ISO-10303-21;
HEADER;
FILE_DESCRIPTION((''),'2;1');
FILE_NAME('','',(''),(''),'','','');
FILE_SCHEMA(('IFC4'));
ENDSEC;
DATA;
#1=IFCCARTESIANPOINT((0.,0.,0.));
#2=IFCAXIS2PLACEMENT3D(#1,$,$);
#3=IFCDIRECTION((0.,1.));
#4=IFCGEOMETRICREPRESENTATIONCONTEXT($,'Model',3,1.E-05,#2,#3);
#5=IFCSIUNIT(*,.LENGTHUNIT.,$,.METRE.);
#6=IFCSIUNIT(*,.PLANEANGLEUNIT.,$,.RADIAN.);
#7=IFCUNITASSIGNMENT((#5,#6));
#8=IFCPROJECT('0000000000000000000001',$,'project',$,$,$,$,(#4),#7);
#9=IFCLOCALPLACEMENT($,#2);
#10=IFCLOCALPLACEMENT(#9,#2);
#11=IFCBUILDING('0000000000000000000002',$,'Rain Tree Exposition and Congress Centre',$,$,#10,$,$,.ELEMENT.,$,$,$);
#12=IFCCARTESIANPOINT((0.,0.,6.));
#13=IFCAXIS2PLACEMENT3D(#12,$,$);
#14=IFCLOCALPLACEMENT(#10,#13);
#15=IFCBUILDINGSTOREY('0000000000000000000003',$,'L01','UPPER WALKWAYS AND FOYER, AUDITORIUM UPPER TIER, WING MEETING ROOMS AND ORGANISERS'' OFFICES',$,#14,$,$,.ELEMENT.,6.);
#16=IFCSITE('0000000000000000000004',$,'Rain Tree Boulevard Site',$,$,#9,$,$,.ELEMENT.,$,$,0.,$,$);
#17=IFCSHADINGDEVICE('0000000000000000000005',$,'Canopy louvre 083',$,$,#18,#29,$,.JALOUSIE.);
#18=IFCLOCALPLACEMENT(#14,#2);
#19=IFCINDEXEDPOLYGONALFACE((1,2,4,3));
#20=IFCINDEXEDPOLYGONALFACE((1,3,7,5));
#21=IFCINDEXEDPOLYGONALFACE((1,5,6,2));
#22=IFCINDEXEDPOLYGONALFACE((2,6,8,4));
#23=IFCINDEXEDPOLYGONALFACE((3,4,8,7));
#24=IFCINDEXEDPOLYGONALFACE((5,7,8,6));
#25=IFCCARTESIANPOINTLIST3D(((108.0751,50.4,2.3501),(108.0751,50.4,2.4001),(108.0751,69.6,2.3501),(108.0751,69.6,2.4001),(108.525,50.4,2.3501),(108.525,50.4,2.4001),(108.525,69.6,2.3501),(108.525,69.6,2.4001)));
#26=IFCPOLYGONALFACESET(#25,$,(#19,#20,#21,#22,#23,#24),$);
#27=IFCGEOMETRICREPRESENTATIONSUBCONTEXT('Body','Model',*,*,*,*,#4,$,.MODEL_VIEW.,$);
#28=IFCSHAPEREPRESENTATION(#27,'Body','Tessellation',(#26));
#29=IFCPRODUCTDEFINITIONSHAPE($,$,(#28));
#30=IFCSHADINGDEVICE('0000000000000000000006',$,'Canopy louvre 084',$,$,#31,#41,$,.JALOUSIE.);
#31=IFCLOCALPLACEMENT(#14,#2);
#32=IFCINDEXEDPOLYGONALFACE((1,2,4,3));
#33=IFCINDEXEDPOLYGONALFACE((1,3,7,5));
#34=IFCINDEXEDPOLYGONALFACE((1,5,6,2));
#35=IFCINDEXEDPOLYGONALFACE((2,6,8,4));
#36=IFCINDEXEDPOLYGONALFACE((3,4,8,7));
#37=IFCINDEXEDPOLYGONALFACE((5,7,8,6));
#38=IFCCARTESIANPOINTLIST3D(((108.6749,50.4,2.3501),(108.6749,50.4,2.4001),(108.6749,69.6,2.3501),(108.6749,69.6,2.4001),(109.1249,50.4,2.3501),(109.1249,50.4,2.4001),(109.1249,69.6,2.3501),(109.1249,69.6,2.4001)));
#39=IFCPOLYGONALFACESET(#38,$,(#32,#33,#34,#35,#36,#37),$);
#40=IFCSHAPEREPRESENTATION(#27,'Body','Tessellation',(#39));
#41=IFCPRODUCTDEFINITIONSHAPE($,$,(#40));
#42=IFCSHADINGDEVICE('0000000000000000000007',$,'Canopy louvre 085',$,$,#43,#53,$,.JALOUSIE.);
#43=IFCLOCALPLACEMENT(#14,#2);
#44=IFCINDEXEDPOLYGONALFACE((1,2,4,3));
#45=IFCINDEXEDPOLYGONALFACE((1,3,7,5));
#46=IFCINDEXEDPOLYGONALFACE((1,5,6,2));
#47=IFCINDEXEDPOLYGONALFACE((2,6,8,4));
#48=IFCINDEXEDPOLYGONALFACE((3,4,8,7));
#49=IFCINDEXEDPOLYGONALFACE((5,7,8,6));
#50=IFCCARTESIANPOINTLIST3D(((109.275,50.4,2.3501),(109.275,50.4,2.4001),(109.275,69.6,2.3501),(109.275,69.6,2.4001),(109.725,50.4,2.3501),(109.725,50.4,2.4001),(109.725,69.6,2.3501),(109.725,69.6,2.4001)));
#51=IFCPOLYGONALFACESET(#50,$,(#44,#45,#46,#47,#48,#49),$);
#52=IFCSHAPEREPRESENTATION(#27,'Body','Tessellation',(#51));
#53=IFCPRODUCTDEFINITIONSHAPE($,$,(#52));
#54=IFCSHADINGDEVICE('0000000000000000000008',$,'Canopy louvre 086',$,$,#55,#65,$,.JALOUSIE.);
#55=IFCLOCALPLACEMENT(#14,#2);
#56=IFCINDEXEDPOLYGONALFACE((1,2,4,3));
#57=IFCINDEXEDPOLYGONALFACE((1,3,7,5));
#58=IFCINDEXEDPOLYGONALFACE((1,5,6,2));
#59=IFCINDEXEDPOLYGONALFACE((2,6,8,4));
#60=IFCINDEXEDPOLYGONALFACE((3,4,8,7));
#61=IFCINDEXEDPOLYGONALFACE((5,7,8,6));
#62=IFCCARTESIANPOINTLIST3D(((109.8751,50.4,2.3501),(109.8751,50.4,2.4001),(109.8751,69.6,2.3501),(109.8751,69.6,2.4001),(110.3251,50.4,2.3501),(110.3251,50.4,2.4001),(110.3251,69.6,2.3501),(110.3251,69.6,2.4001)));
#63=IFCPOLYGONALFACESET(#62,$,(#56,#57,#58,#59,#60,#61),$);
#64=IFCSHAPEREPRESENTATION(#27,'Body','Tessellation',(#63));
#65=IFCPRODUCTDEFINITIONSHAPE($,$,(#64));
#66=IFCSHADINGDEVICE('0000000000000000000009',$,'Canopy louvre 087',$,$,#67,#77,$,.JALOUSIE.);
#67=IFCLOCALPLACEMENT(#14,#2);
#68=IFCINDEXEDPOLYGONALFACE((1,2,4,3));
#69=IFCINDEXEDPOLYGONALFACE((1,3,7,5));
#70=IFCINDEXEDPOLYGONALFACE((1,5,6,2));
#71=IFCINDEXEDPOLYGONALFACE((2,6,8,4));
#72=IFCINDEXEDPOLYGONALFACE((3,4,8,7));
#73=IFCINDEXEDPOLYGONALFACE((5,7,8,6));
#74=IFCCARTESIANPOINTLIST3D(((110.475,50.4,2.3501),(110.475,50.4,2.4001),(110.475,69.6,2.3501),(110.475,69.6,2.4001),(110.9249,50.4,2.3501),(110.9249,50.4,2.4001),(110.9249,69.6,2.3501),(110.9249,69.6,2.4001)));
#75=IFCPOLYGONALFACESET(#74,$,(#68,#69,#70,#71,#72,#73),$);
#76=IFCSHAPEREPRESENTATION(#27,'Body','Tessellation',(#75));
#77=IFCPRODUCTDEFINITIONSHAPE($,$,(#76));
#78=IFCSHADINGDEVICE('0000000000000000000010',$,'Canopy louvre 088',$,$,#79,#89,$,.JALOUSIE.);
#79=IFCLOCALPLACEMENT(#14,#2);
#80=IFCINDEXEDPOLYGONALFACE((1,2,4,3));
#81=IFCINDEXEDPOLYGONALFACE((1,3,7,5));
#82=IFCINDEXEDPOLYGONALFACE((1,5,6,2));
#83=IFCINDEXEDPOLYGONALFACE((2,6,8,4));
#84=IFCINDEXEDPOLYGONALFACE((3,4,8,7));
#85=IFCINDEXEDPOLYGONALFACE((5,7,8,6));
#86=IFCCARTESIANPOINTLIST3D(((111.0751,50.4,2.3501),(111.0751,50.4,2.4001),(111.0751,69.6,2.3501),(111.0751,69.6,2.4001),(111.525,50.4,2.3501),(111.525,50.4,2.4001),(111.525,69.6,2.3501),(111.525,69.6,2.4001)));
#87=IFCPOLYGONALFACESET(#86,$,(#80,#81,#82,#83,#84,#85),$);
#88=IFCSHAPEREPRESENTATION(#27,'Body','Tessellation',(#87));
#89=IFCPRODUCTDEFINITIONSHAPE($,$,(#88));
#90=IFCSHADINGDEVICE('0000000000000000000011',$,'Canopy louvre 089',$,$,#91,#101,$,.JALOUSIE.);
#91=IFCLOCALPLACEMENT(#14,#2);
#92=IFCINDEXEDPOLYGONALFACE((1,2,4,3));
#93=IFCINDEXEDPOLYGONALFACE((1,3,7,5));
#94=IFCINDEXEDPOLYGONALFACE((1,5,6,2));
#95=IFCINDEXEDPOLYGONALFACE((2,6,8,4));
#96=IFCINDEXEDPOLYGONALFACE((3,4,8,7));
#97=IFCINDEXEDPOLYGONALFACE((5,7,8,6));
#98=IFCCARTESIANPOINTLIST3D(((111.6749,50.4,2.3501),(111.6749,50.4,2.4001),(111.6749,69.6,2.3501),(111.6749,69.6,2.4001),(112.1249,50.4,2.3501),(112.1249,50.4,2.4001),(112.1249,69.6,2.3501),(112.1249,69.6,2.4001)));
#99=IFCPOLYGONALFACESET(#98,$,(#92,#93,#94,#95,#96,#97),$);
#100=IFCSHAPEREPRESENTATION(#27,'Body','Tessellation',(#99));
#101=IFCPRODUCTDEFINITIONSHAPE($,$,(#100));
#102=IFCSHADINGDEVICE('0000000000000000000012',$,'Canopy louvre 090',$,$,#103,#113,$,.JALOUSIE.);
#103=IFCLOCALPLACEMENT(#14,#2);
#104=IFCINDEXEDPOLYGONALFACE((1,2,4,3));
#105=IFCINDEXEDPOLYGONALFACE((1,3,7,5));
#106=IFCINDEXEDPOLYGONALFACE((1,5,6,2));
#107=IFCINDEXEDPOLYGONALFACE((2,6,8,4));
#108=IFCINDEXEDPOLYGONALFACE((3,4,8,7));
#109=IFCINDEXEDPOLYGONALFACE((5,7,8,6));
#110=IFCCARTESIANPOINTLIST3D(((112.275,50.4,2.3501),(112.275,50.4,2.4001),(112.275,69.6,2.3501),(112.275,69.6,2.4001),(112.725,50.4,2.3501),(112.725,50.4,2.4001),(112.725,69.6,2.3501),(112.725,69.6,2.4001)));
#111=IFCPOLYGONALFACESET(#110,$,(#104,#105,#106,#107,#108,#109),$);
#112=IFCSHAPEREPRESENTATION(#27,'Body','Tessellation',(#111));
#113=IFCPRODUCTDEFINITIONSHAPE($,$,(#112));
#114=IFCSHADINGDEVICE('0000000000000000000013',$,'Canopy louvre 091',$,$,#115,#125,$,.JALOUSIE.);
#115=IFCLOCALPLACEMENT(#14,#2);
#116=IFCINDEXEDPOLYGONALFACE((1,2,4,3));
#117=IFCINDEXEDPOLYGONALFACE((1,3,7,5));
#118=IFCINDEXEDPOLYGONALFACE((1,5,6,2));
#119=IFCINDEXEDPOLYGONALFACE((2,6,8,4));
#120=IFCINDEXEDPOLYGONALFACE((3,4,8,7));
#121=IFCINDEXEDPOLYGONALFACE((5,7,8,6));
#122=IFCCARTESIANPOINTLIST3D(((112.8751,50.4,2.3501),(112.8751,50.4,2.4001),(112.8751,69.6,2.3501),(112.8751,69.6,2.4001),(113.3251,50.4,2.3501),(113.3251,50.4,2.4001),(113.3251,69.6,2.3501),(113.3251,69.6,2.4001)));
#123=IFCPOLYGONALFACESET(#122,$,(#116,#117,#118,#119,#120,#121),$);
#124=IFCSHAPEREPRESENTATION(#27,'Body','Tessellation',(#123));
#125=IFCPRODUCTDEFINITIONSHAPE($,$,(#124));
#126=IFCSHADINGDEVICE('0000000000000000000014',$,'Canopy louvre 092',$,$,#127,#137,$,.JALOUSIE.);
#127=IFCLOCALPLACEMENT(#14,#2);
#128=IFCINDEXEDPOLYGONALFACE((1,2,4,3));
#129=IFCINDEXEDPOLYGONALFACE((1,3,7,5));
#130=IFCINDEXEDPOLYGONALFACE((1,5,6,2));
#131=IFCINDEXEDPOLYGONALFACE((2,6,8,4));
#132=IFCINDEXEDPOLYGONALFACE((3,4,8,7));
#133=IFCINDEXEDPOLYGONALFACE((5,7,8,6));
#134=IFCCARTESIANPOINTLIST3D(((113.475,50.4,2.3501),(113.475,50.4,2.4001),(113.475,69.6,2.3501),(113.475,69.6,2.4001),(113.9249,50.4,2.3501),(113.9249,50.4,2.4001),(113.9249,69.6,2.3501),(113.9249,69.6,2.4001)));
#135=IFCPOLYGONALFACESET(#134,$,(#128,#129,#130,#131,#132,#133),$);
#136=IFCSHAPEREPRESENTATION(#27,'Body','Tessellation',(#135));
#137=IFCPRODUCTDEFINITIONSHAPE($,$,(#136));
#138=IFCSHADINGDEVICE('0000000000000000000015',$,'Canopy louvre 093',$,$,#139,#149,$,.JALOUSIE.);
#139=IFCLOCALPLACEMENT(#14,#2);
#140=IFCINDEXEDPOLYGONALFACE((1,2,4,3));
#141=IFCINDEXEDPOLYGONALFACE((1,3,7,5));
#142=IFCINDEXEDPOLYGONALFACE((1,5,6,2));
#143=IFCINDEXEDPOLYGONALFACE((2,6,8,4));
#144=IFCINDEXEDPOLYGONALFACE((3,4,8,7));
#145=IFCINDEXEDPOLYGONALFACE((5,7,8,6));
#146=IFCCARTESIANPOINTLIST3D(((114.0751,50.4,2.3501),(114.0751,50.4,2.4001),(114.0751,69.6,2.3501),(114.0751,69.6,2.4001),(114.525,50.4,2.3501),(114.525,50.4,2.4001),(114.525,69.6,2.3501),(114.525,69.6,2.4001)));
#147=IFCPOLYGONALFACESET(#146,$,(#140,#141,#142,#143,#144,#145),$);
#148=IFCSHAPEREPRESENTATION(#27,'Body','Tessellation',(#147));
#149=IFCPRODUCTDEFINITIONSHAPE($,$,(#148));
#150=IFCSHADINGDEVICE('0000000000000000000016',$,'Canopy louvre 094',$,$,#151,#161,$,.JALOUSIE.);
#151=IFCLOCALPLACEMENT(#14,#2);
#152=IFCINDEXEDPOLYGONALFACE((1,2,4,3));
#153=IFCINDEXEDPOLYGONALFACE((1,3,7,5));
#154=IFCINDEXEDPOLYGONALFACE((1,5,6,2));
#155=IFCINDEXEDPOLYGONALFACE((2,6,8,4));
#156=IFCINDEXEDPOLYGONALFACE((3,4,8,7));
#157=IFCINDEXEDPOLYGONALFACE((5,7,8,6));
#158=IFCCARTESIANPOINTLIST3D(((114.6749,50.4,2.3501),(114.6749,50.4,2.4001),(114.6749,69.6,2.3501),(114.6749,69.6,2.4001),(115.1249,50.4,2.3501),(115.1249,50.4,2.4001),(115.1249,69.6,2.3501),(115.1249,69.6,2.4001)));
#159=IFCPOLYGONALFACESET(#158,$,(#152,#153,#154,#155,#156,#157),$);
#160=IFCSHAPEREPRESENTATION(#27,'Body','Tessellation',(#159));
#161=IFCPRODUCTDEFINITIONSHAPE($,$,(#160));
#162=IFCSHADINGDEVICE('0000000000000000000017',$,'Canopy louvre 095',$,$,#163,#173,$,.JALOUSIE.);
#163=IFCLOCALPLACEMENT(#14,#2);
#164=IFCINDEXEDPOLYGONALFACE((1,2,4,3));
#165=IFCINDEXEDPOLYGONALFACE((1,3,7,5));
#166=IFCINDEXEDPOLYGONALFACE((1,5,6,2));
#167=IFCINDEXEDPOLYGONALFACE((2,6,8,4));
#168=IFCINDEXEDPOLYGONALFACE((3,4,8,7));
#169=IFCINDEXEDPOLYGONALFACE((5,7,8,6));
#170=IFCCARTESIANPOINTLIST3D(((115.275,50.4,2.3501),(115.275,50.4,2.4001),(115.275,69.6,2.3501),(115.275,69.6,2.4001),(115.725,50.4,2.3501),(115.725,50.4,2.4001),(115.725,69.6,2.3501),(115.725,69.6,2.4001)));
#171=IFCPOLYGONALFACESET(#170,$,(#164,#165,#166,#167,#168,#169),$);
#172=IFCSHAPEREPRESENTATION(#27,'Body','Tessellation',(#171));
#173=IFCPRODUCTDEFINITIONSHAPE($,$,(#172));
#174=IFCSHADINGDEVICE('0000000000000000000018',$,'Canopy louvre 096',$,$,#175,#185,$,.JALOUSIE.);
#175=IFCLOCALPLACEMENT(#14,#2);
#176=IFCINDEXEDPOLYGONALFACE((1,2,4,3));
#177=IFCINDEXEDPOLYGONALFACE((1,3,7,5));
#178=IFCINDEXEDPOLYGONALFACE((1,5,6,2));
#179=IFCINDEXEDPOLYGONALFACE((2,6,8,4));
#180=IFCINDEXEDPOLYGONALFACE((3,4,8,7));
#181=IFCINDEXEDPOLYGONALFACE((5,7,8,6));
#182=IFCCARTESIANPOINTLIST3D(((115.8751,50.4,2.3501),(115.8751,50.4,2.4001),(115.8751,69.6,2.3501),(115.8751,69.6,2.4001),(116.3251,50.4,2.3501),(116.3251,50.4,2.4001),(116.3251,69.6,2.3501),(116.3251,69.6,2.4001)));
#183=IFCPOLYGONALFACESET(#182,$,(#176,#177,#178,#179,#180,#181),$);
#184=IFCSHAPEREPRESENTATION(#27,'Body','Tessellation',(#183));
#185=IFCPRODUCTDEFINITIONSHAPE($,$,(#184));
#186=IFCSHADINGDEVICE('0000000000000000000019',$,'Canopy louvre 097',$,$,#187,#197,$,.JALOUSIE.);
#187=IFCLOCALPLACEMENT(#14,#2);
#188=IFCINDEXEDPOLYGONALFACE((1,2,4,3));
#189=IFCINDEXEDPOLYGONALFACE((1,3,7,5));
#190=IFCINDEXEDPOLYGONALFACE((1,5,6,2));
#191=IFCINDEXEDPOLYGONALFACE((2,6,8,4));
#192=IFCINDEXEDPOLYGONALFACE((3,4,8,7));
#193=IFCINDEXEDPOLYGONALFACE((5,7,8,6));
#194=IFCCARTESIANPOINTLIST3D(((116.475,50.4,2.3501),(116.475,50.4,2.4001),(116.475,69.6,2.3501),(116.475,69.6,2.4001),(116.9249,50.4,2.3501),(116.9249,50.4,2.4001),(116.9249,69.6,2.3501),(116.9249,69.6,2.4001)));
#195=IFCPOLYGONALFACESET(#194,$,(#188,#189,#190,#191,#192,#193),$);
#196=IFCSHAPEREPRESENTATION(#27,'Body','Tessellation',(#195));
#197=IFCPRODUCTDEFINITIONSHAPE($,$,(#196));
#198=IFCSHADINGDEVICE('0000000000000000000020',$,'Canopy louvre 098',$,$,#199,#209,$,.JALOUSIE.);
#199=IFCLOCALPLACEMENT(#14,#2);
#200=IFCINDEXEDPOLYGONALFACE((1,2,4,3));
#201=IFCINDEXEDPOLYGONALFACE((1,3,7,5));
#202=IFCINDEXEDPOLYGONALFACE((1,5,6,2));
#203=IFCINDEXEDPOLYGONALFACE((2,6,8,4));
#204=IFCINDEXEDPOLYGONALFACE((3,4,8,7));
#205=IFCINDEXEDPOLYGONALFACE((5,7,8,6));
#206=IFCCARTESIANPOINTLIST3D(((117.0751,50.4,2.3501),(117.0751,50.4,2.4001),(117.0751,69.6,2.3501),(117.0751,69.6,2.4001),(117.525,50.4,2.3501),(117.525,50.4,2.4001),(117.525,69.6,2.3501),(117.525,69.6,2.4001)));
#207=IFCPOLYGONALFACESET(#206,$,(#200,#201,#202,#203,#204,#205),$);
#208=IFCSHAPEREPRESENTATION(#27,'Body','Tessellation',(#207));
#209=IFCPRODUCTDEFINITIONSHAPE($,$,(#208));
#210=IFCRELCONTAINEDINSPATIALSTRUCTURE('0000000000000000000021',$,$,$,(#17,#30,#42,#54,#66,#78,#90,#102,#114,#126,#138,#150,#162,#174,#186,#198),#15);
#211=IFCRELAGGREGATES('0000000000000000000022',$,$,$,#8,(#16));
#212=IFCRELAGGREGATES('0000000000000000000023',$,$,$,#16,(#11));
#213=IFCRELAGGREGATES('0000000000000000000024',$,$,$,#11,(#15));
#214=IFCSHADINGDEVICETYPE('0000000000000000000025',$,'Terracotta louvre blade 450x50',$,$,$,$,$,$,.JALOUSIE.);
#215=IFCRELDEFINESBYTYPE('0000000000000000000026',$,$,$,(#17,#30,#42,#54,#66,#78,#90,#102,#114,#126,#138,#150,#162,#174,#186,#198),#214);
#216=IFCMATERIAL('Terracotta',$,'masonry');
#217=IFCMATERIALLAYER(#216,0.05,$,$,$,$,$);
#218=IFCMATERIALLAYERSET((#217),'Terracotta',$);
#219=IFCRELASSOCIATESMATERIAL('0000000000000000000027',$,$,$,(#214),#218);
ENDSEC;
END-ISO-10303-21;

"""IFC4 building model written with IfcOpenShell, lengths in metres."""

from ifc_helpers import new_model, si_unit, direction, frame, origin, origin_2d, place, context, subcontext, project, spatial, rectangle, extrude, material, layer, layer_set, type_object, element, save


model = new_model("IFC4")

# Units and contexts
model_context = context("Model", 3, precision=1e-05, world=origin(), true_north=direction((0.0, 1.0)))
body_context = subcontext(model_context, "Body", "Model", "MODEL_VIEW")
ifc_project = project(units=[si_unit("LENGTHUNIT", "METRE"), si_unit("PLANEANGLEUNIT", "RADIAN")], contexts=[model_context])

# Site, building, storey
site_placement = place(None, origin())
site = spatial("IfcSite", under=ifc_project, at=site_placement, Name="Rain Tree Boulevard Site", CompositionType="ELEMENT", RefElevation=0.0)
building_placement = place(site_placement, origin())
building = spatial("IfcBuilding", under=site, at=building_placement, Name="Rain Tree Exposition and Congress Centre", CompositionType="ELEMENT")
storey_placement = place(building_placement, frame((0.0, 0.0, 6.0)))
storey = spatial("IfcBuildingStorey", under=building, at=storey_placement, Name="L01", Description="UPPER WALKWAYS AND FOYER, AUDITORIUM UPPER TIER, WING MEETING ROOMS AND ORGANISERS' OFFICES", CompositionType="ELEMENT", Elevation=6.0)

# Shading devices
ifc_material_1 = material(Name="Terracotta", Category="masonry")
ifc_layer = layer(ifc_material_1, 0.05)
ifc_layer_set = layer_set([ifc_layer], Name="Terracotta")
shading_device_type = type_object("IfcShadingDeviceType", Name="Terracotta louvre blade 450x50", PredefinedType="JALOUSIE", material=ifc_layer_set)
for number, where, z_axis, x_axis, name in (
    (1, (108.3, 60.0, 2.3501), (0.0, 0.0, 1.0), (1.0, 0.0, 0.0), "Canopy louvre 083"),
    (2, (108.8999, 60.0, 2.3501), (0.0, 0.0, 1.0), (1.0, 0.0, 0.0), "Canopy louvre 084"),
    (3, (109.5, 60.0, 2.3501), (0.0, 0.0, 1.0), (1.0, 0.0, 0.0), "Canopy louvre 085"),
    (4, (110.1001, 60.0, 2.3501), (0.0, 0.0, 1.0), (1.0, 0.0, 0.0), "Canopy louvre 086"),
    (5, (110.7, 60.0, 2.3501), (0.0, 0.0, 1.0), (1.0, 0.0, 0.0), "Canopy louvre 087"),
    (6, (111.3, 60.0, 2.3501), (0.0, 0.0, 1.0), (1.0, 0.0, 0.0), "Canopy louvre 088"),
    (7, (111.8999, 60.0, 2.3501), (0.0, 0.0, 1.0), (1.0, 0.0, 0.0), "Canopy louvre 089"),
    (8, (112.5, 60.0, 2.3501), (0.0, 0.0, 1.0), (1.0, 0.0, 0.0), "Canopy louvre 090"),
    (9, (113.1001, 60.0, 2.3501), (0.0, 0.0, 1.0), (1.0, 0.0, 0.0), "Canopy louvre 091"),
    (10, (113.7, 60.0, 2.3501), (0.0, 0.0, 1.0), (1.0, 0.0, 0.0), "Canopy louvre 092"),
    (11, (114.3, 60.0, 2.3501), (0.0, 0.0, 1.0), (1.0, 0.0, 0.0), "Canopy louvre 093"),
    (12, (114.8999, 60.0, 2.3501), (0.0, 0.0, 1.0), (1.0, 0.0, 0.0), "Canopy louvre 094"),
    (13, (115.5, 60.0, 2.3501), (0.0, 0.0, 1.0), (1.0, 0.0, 0.0), "Canopy louvre 095"),
    (14, (116.1001, 60.0, 2.3501), (0.0, 0.0, 1.0), (1.0, 0.0, 0.0), "Canopy louvre 096"),
    (15, (116.7, 60.0, 2.3501), (0.0, 0.0, 1.0), (1.0, 0.0, 0.0), "Canopy louvre 097"),
    (16, (117.3, 60.0, 2.3501), (0.0, 0.0, 1.0), (1.0, 0.0, 0.0), "Canopy louvre 098"),
):
    element("IfcShadingDevice", number, at=place(storey_placement, frame(where, z_axis=z_axis, x_axis=x_axis)), inside=storey, type_object=shading_device_type, Name=name, PredefinedType="JALOUSIE", context=body_context, shape_type="SweptSolid", body=[
        extrude(rectangle(XDim=0.45, YDim=19.2, at=origin_2d()), origin(), (0.0, 0.0, 1.0), 0.05),
    ])

save(model, "model.ifc")
